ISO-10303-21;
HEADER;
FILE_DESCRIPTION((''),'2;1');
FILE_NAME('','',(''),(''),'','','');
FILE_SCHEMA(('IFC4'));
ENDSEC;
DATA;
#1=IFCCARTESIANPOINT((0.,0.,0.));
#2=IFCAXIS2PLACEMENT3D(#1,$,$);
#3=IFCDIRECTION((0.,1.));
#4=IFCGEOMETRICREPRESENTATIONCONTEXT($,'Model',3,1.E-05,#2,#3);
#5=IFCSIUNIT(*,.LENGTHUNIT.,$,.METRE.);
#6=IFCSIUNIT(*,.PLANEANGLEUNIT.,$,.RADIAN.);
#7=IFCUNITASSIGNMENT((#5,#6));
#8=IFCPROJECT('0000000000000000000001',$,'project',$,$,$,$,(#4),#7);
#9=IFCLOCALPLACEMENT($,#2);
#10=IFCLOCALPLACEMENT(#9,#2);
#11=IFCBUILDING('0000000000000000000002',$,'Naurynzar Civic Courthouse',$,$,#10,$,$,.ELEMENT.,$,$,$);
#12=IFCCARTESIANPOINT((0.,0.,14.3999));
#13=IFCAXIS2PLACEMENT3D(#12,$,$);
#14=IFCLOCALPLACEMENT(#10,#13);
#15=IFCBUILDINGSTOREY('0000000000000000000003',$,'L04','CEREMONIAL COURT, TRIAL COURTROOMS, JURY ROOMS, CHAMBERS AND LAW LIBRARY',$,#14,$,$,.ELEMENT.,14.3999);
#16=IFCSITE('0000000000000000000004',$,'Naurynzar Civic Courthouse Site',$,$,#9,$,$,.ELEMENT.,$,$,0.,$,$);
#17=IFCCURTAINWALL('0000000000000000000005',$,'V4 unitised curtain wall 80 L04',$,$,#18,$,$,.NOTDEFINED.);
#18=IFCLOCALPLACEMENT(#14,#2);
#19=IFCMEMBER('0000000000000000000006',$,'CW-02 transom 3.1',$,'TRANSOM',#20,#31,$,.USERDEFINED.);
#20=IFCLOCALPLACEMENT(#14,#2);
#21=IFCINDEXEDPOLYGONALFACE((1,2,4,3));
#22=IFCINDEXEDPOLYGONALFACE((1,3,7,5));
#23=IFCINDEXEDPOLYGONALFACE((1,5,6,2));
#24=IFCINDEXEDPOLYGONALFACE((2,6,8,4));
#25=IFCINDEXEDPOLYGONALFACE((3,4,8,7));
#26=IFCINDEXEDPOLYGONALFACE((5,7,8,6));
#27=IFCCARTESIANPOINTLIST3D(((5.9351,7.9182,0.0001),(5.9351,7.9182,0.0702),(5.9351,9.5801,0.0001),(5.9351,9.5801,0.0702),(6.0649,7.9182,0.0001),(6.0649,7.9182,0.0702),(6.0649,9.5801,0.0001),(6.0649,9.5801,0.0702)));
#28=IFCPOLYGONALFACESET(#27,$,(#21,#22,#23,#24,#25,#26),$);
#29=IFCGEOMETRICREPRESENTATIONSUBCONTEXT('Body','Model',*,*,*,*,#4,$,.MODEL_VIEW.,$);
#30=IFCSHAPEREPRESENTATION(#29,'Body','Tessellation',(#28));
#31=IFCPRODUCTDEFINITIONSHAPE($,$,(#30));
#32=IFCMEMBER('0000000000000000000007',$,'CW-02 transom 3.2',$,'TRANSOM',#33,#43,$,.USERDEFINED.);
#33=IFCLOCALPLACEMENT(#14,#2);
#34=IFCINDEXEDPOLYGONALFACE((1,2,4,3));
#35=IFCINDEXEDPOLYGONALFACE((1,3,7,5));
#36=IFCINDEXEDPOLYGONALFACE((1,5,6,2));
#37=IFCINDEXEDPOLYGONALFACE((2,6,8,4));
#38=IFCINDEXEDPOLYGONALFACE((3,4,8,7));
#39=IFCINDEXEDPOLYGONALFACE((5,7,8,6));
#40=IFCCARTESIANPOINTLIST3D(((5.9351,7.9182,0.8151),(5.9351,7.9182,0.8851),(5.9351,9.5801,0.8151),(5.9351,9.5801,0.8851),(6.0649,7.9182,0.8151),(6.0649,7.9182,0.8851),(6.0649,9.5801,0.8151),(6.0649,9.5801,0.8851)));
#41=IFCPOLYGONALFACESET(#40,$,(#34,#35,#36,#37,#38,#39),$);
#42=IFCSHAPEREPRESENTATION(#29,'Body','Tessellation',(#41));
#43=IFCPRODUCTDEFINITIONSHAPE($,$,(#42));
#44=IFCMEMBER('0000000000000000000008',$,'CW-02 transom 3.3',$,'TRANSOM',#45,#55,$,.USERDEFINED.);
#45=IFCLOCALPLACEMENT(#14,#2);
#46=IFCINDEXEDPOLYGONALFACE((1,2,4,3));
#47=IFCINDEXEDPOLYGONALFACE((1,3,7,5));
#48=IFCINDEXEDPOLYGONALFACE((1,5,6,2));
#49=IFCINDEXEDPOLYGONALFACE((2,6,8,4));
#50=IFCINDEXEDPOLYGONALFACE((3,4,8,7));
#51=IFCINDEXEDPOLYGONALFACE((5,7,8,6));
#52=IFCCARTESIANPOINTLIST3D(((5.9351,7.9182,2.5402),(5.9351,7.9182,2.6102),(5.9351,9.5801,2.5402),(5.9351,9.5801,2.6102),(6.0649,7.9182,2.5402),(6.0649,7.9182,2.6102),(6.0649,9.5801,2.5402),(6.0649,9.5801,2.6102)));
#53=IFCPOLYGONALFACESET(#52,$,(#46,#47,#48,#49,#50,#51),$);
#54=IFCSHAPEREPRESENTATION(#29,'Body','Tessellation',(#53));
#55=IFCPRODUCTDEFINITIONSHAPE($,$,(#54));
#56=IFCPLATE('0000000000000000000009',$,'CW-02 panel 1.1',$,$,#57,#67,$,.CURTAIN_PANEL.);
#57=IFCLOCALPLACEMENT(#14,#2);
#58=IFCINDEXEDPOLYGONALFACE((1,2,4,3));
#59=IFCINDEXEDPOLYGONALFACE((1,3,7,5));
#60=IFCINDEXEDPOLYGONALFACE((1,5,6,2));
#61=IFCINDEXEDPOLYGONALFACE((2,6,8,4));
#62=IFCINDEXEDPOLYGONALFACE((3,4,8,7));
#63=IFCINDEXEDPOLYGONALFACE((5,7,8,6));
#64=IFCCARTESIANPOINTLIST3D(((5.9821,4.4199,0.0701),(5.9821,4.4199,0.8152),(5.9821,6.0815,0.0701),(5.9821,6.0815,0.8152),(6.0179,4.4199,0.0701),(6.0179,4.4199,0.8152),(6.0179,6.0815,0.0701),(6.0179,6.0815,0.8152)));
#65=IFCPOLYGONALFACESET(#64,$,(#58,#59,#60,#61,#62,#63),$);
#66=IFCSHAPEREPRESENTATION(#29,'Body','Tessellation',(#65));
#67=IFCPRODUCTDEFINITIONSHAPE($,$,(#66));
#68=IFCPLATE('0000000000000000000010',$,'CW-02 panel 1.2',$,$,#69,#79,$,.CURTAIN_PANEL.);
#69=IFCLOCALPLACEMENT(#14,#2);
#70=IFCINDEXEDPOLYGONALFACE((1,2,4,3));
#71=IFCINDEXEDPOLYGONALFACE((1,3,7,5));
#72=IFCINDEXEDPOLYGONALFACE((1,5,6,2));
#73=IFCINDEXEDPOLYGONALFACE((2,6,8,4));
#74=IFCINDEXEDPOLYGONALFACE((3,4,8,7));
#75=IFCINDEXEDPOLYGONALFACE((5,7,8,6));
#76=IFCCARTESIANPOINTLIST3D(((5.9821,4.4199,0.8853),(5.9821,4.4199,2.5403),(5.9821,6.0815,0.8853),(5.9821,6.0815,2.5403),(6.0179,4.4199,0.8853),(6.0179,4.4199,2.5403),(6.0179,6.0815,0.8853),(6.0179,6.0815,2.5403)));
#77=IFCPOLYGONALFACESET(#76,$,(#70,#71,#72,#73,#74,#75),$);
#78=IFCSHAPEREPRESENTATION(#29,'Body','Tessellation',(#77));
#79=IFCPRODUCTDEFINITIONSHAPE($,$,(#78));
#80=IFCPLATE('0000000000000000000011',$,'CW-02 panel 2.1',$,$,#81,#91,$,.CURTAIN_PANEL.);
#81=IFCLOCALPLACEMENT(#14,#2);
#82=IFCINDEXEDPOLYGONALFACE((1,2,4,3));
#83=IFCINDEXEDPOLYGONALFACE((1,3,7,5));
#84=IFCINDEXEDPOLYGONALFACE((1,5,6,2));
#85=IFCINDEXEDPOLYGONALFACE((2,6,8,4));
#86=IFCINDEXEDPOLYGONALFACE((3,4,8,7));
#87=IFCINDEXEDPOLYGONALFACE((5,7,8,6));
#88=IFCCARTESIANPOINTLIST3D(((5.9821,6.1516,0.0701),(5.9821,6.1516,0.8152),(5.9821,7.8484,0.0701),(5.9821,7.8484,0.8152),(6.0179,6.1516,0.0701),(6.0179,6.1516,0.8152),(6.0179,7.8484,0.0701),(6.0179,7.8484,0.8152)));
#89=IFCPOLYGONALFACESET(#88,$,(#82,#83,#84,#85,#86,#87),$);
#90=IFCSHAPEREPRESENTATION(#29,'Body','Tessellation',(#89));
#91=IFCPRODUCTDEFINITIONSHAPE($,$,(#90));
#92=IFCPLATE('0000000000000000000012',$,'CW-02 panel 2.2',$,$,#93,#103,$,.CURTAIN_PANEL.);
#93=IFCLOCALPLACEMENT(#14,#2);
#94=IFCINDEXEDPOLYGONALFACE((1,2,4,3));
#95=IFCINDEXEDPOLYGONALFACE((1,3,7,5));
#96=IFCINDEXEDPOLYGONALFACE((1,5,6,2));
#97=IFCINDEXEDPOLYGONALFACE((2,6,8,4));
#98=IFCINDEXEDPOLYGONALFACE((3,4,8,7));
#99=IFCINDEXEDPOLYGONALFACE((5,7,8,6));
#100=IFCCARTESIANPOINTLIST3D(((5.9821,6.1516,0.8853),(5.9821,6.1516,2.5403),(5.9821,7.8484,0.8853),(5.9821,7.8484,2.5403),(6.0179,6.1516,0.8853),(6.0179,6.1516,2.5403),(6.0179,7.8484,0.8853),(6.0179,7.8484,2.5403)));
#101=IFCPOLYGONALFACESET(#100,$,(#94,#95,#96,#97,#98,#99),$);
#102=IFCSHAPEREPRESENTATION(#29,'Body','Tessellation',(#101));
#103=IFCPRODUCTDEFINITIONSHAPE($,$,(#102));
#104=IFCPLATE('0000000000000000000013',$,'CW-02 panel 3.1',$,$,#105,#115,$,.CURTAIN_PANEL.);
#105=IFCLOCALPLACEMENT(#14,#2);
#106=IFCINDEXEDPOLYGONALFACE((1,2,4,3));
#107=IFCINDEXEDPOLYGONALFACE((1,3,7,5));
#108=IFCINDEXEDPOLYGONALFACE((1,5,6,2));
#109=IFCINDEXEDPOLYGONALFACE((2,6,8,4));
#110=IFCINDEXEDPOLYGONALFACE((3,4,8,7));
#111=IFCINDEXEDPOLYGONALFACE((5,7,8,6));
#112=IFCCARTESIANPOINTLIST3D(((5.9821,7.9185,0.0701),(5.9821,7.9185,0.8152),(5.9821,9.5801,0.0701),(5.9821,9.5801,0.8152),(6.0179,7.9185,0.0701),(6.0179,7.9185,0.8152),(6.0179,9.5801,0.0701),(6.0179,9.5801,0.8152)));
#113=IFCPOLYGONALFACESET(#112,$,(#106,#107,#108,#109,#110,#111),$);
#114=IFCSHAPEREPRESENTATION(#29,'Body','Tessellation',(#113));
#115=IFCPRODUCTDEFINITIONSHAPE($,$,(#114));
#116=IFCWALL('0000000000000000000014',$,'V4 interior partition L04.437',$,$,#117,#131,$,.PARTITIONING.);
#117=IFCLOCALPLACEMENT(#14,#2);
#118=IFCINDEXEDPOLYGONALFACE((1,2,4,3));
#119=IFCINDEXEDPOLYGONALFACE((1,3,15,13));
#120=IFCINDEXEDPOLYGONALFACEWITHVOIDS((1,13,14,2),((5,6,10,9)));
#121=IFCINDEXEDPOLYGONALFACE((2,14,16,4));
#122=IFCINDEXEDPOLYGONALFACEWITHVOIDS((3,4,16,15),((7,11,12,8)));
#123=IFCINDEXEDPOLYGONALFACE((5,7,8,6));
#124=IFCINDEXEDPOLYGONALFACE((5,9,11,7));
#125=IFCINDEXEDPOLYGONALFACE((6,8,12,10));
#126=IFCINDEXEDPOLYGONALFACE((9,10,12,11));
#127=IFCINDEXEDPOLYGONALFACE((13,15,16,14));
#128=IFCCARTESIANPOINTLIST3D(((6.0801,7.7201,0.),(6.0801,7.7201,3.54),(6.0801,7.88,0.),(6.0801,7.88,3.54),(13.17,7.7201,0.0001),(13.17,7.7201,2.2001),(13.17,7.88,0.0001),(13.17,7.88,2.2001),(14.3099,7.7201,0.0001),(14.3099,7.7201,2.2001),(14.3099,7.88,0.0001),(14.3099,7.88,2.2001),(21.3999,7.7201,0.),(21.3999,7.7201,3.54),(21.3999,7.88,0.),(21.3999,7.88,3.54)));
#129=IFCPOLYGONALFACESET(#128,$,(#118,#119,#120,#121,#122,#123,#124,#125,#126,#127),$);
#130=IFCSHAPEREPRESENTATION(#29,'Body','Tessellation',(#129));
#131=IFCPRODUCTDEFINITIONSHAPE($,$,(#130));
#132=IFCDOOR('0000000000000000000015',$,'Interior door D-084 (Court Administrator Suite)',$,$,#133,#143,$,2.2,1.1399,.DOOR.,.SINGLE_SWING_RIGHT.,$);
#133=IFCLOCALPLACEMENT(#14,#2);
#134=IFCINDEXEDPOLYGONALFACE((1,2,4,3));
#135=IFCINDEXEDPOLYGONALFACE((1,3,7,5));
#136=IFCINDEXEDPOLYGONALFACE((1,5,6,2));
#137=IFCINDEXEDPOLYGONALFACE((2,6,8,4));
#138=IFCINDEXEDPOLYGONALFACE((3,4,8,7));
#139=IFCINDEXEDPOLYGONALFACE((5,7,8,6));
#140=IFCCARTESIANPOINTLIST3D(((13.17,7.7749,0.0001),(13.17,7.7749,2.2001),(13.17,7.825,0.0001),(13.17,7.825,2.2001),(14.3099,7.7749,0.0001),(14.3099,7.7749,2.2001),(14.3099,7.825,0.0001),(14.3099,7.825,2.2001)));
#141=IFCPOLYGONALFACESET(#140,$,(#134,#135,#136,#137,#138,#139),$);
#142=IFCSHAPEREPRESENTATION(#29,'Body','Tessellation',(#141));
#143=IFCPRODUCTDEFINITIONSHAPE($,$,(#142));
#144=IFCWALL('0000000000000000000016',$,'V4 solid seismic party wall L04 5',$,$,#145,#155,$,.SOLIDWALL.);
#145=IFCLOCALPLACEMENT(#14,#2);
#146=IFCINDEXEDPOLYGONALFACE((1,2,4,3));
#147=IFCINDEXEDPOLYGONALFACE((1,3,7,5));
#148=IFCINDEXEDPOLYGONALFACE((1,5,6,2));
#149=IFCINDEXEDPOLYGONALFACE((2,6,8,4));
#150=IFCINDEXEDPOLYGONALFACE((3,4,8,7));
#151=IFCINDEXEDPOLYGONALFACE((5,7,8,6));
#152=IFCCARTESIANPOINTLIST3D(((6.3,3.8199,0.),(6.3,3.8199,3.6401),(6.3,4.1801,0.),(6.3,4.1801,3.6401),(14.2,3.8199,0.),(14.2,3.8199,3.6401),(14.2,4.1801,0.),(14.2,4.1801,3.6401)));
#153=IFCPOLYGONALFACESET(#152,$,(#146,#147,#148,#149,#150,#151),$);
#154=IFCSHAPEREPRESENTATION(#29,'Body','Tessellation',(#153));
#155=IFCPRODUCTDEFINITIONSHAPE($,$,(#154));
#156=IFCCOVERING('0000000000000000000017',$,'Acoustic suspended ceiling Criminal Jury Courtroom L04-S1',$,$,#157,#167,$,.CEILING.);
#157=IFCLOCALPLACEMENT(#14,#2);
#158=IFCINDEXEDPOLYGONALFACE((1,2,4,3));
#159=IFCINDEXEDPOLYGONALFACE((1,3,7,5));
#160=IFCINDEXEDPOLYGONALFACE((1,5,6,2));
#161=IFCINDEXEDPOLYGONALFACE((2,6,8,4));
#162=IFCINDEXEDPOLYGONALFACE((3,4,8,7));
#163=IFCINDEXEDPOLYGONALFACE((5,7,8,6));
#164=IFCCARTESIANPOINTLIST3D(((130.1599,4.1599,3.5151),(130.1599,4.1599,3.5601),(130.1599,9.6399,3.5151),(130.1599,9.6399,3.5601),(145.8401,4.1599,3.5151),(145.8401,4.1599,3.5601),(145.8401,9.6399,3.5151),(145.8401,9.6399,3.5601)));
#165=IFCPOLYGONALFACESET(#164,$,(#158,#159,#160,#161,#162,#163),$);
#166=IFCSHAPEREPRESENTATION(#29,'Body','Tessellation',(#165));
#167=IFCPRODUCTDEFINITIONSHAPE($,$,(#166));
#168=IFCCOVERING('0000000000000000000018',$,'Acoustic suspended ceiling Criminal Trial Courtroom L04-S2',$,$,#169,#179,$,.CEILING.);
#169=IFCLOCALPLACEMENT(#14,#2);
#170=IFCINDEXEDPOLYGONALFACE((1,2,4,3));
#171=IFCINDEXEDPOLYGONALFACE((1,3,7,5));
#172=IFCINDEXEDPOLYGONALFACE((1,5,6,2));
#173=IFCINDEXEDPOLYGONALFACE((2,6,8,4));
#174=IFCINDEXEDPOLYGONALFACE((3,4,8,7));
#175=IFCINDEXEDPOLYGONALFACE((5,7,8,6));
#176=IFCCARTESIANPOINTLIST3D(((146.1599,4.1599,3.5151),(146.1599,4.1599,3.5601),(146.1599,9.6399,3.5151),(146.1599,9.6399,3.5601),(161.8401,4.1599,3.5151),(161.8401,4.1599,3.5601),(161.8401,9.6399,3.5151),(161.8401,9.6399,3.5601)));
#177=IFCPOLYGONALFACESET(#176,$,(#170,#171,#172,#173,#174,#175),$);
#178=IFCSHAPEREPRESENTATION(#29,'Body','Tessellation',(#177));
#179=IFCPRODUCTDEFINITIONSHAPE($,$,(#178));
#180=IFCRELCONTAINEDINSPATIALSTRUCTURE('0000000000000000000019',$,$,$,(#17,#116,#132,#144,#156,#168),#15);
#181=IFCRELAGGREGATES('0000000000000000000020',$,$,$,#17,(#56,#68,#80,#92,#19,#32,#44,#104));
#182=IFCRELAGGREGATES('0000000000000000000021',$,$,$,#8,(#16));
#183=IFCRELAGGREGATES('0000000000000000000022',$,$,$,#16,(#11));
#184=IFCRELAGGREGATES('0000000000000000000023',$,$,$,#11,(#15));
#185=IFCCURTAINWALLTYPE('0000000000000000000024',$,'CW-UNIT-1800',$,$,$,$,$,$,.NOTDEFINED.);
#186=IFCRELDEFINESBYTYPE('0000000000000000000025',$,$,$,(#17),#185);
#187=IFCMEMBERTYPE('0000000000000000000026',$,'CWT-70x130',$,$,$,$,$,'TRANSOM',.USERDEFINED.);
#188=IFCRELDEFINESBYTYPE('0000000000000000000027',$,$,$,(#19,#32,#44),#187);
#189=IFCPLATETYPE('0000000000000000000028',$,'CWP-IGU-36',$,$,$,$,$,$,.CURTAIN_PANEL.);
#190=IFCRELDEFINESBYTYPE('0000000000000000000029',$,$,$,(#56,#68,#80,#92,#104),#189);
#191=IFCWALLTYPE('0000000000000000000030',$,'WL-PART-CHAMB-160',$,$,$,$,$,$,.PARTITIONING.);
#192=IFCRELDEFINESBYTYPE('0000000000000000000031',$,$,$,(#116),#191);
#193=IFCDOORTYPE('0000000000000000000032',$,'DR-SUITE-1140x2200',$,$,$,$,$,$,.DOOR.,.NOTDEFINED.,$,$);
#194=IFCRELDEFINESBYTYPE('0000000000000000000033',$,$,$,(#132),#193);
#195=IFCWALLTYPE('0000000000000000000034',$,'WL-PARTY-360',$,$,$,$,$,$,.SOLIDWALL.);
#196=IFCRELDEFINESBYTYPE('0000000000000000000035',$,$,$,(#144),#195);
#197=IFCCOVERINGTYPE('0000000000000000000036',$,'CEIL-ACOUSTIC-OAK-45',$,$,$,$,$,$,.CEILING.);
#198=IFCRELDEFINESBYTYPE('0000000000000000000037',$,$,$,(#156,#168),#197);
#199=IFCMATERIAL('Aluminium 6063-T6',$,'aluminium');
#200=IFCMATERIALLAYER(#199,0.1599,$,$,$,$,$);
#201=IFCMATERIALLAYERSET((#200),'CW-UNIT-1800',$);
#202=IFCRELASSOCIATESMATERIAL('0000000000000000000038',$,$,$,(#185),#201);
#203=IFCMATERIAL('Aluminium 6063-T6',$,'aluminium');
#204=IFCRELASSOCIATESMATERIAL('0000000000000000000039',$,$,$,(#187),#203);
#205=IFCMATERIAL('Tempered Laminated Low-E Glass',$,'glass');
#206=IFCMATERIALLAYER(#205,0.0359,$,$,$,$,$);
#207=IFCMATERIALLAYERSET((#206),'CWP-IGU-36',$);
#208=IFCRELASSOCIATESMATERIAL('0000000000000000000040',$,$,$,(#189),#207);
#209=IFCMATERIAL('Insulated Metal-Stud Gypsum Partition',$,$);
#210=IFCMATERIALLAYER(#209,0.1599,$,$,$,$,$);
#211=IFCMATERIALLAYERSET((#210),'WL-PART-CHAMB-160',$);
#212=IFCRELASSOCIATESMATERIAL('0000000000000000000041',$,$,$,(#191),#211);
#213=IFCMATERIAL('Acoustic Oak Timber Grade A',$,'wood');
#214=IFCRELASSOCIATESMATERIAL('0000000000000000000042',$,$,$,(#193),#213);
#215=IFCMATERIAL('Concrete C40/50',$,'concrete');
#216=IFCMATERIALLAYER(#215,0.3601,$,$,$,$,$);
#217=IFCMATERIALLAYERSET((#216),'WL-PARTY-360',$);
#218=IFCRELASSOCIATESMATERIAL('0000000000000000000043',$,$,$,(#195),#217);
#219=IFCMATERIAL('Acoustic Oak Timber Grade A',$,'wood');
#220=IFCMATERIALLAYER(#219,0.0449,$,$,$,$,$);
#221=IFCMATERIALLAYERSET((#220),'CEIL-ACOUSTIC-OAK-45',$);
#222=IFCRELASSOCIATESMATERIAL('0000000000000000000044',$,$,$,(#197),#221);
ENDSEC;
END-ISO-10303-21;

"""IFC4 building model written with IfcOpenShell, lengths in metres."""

from ifc_helpers import new_model, si_unit, direction, frame, frame_2d, origin, origin_2d, place, context, subcontext, project, spatial, polyline, rectangle, outline, extrude, material, layer, layer_set, material_profile, profile_set, type_object, element, fill, aggregate, save


model = new_model("IFC4")

# Units and contexts
model_context = context("Model", 3, precision=1e-05, world=origin(), true_north=direction((0.0, 1.0)))
body_context = subcontext(model_context, "Body", "Model", "MODEL_VIEW")
ifc_project = project(units=[si_unit("LENGTHUNIT", "METRE"), si_unit("PLANEANGLEUNIT", "RADIAN")], contexts=[model_context])

# Site, building, storey
site_placement = place(None, origin())
site = spatial("IfcSite", under=ifc_project, at=site_placement, Name="Naurynzar Civic Courthouse Site", CompositionType="ELEMENT", RefElevation=0.0)
building_placement = place(site_placement, origin())
building = spatial("IfcBuilding", under=site, at=building_placement, Name="Naurynzar Civic Courthouse", CompositionType="ELEMENT")
storey_placement = place(building_placement, frame((0.0, 0.0, 14.3999)))
storey = spatial("IfcBuildingStorey", under=building, at=storey_placement, Name="L04", Description="CEREMONIAL COURT, TRIAL COURTROOMS, JURY ROOMS, CHAMBERS AND LAW LIBRARY", CompositionType="ELEMENT", Elevation=14.3999)

# Curtain wall, members, plates
ifc_material_1 = material(Name="Aluminium 6063-T6", Category="aluminium")
ifc_layer_1 = layer(ifc_material_1, 0.1599)
ifc_layer_set_1 = layer_set([ifc_layer_1], Name="CW-UNIT-1800")
curtain_wall_type = type_object("IfcCurtainWallType", Name="CW-UNIT-1800", PredefinedType="NOTDEFINED", material=ifc_layer_set_1)
curtain_wall_placement = place(storey_placement, origin())
curtain_wall = element("IfcCurtainWall", 1, at=curtain_wall_placement, inside=storey, type_object=curtain_wall_type, Name="V4 unitised curtain wall 80 L04", PredefinedType="NOTDEFINED")
ifc_material_2 = material(Name="Aluminium 6063-T6", Category="aluminium")
ifc_material_profile_1 = material_profile(ifc_material_2, rectangle(XDim=0.1299, YDim=0.0701, at=origin_2d()), Name="ALU TRANSOM 70x130")
ifc_profile_set_1 = profile_set([ifc_material_profile_1], Name="Aluminium 6063-T6")
member_type_1 = type_object("IfcMemberType", Name="CWT-70x130", ElementType="TRANSOM", PredefinedType="USERDEFINED", material=ifc_profile_set_1)
member_1_placement = place(storey_placement, frame((6.0, 7.9182, 0.0352), z_axis=(0.0, 1.0, 0.0), x_axis=(-1.0, 0.0, 0.0)))
member_1 = element("IfcMember", 2, at=member_1_placement, type_object=member_type_1, Name="CW-02 transom 3.1", ObjectType="TRANSOM", PredefinedType="USERDEFINED", context=body_context, shape_type="SweptSolid", body=[
    extrude(rectangle(XDim=0.1299, YDim=0.0701, at=origin_2d()), origin(), (0.0, 0.0, 1.0), 1.6619),
])
member_2_placement = place(storey_placement, frame((6.0, 7.9182, 0.8501), z_axis=(0.0, 1.0, 0.0), x_axis=(-1.0, 0.0, 0.0)))
member_2 = element("IfcMember", 3, at=member_2_placement, type_object=member_type_1, Name="CW-02 transom 3.2", ObjectType="TRANSOM", PredefinedType="USERDEFINED", context=body_context, shape_type="SweptSolid", body=[
    extrude(rectangle(XDim=0.1299, YDim=0.0701, at=origin_2d()), origin(), (0.0, 0.0, 1.0), 1.6619),
])
member_3_placement = place(storey_placement, frame((6.0, 7.9182, 2.5752), z_axis=(0.0, 1.0, 0.0), x_axis=(-1.0, 0.0, 0.0)))
member_3 = element("IfcMember", 4, at=member_3_placement, type_object=member_type_1, Name="CW-02 transom 3.3", ObjectType="TRANSOM", PredefinedType="USERDEFINED", context=body_context, shape_type="SweptSolid", body=[
    extrude(rectangle(XDim=0.1299, YDim=0.0701, at=origin_2d()), origin(), (0.0, 0.0, 1.0), 1.6619),
])
ifc_material_3 = material(Name="Tempered Laminated Low-E Glass", Category="glass")
ifc_layer_2 = layer(ifc_material_3, 0.0359)
ifc_layer_set_2 = layer_set([ifc_layer_2], Name="CWP-IGU-36")
plate_type = type_object("IfcPlateType", Name="CWP-IGU-36", PredefinedType="CURTAIN_PANEL", material=ifc_layer_set_2)
plate_1_placement = place(storey_placement, frame((6.0, 5.2507, 0.0701), z_axis=(0.0, 0.0, 1.0), x_axis=(0.0, 1.0, 0.0)))
plate_1 = element("IfcPlate", 5, at=plate_1_placement, type_object=plate_type, Name="CW-02 panel 1.1", PredefinedType="CURTAIN_PANEL", context=body_context, shape_type="SweptSolid", body=[
    extrude(rectangle(XDim=1.6616, YDim=0.0359, at=origin_2d()), origin(), (0.0, 0.0, 1.0), 0.7451),
])
plate_2_placement = place(storey_placement, frame((6.0, 5.2507, 0.8853), z_axis=(0.0, 0.0, 1.0), x_axis=(0.0, 1.0, 0.0)))
plate_2 = element("IfcPlate", 6, at=plate_2_placement, type_object=plate_type, Name="CW-02 panel 1.2", PredefinedType="CURTAIN_PANEL", context=body_context, shape_type="SweptSolid", body=[
    extrude(rectangle(XDim=1.6616, YDim=0.0359, at=origin_2d()), origin(), (0.0, 0.0, 1.0), 1.655),
])
plate_3_placement = place(storey_placement, frame((6.0, 7.0, 0.0701), z_axis=(0.0, 0.0, 1.0), x_axis=(0.0, 1.0, 0.0)))
plate_3 = element("IfcPlate", 7, at=plate_3_placement, type_object=plate_type, Name="CW-02 panel 2.1", PredefinedType="CURTAIN_PANEL", context=body_context, shape_type="SweptSolid", body=[
    extrude(rectangle(XDim=1.6968, YDim=0.0359, at=origin_2d()), origin(), (0.0, 0.0, 1.0), 0.7451),
])
plate_4_placement = place(storey_placement, frame((6.0, 7.0, 0.8853), z_axis=(0.0, 0.0, 1.0), x_axis=(0.0, 1.0, 0.0)))
plate_4 = element("IfcPlate", 8, at=plate_4_placement, type_object=plate_type, Name="CW-02 panel 2.2", PredefinedType="CURTAIN_PANEL", context=body_context, shape_type="SweptSolid", body=[
    extrude(rectangle(XDim=1.6968, YDim=0.0359, at=origin_2d()), origin(), (0.0, 0.0, 1.0), 1.655),
])
plate_5_placement = place(storey_placement, frame((6.0, 8.7493, 0.0701), z_axis=(0.0, 0.0, 1.0), x_axis=(0.0, 1.0, 0.0)))
plate_5 = element("IfcPlate", 9, at=plate_5_placement, type_object=plate_type, Name="CW-02 panel 3.1", PredefinedType="CURTAIN_PANEL", context=body_context, shape_type="SweptSolid", body=[
    extrude(rectangle(XDim=1.6616, YDim=0.0359, at=origin_2d()), origin(), (0.0, 0.0, 1.0), 0.7451),
])
aggregate(curtain_wall, [plate_1, plate_2, plate_3, plate_4, member_1, member_2, member_3, plate_5])

# Wall, opening, door
ifc_material_4 = material(Name="Insulated Metal-Stud Gypsum Partition")
ifc_layer_3 = layer(ifc_material_4, 0.1599)
ifc_layer_set_3 = layer_set([ifc_layer_3], Name="WL-PART-CHAMB-160")
wall_type_1 = type_object("IfcWallType", Name="WL-PART-CHAMB-160", PredefinedType="PARTITIONING", material=ifc_layer_set_3)
wall_1_placement = place(storey_placement, frame((6.0801, 7.8, 0.0), z_axis=(0.0, 0.0, 1.0), x_axis=(1.0, 0.0, 0.0)))
wall_1 = element("IfcWall", 10, at=wall_1_placement, inside=storey, type_object=wall_type_1, Name="V4 interior partition L04.437", PredefinedType="PARTITIONING", context=body_context, shape_type="SweptSolid", body=[
    extrude(rectangle(XDim=15.3198, YDim=0.1599, at=frame_2d((7.6599, 0.0))), origin(), (0.0, 0.0, 1.0), 3.54),
])
opening_placement = place(wall_1_placement, frame((7.0901, 0.0, 0.0)))
opening = element("IfcOpeningElement", 11, at=opening_placement, cuts=wall_1, PredefinedType="OPENING", context=body_context, shape_type="SweptSolid", body=[
    extrude(rectangle(XDim=1.1399, YDim=2.2, at=frame_2d((0.5698, 1.1001))), frame((0.0, 0.0898, 0.0), z_axis=(0.0, -1.0, 0.0), x_axis=(1.0, 0.0, 0.0)), (0.0, 0.0, 1.0), 0.1799),
])
ifc_material_5 = material(Name="Acoustic Oak Timber Grade A", Category="wood")
door_type = type_object("IfcDoorType", Name="DR-SUITE-1140x2200", OperationType="NOTDEFINED", PredefinedType="DOOR", material=ifc_material_5)
door_placement = place(opening_placement, origin())
door = element("IfcDoor", 12, at=door_placement, inside=storey, type_object=door_type, Name="Interior door D-084 (Court Administrator Suite)", OperationType="SINGLE_SWING_RIGHT", OverallHeight=2.2, OverallWidth=1.1399, PredefinedType="DOOR", context=body_context, shape_type="SweptSolid", body=[
    extrude(rectangle(XDim=1.1399, YDim=2.2, at=frame_2d((0.5698, 1.1001))), frame((0.0, 0.0249, 0.0), z_axis=(0.0, -1.0, 0.0), x_axis=(1.0, 0.0, 0.0)), (0.0, 0.0, 1.0), 0.05),
])
fill(opening, door)

# Wall
ifc_material_6 = material(Name="Concrete C40/50", Category="concrete")
ifc_layer_4 = layer(ifc_material_6, 0.3601)
ifc_layer_set_4 = layer_set([ifc_layer_4], Name="WL-PARTY-360")
wall_type_2 = type_object("IfcWallType", Name="WL-PARTY-360", PredefinedType="SOLIDWALL", material=ifc_layer_set_4)
wall_2_placement = place(storey_placement, frame((14.2, 4.0, 0.0), z_axis=(0.0, 0.0, 1.0), x_axis=(-1.0, 0.0, 0.0)))
element("IfcWall", 13, at=wall_2_placement, inside=storey, type_object=wall_type_2, Name="V4 solid seismic party wall L04 5", PredefinedType="SOLIDWALL", context=body_context, shape_type="SweptSolid", body=[
    extrude(rectangle(XDim=7.8999, YDim=0.3601, at=frame_2d((3.95, 0.0))), origin(), (0.0, 0.0, 1.0), 3.6401),
])

# Coverings
ifc_material_7 = material(Name="Acoustic Oak Timber Grade A", Category="wood")
ifc_layer_5 = layer(ifc_material_7, 0.0449)
ifc_layer_set_5 = layer_set([ifc_layer_5], Name="CEIL-ACOUSTIC-OAK-45")
covering_type_1 = type_object("IfcCoveringType", Name="CEIL-ACOUSTIC-OAK-45", PredefinedType="CEILING", material=ifc_layer_set_5)
covering_1_placement = place(storey_placement, frame((0.0, 0.0, 3.5151)))
element("IfcCovering", 14, at=covering_1_placement, inside=storey, type_object=covering_type_1, Name="Acoustic suspended ceiling Criminal Jury Courtroom L04-S1", PredefinedType="CEILING", context=body_context, shape_type="SweptSolid", body=[
    extrude(outline(polyline([(130.1599, 4.1599), (130.1599, 9.6399), (145.8401, 9.6399), (145.8401, 4.1599), (130.1599, 4.1599)])), origin(), (0.0, 0.0, 1.0), 0.0449),
])
covering_2_placement = place(storey_placement, frame((0.0, 0.0, 3.5151)))
element("IfcCovering", 15, at=covering_2_placement, inside=storey, type_object=covering_type_1, Name="Acoustic suspended ceiling Criminal Trial Courtroom L04-S2", PredefinedType="CEILING", context=body_context, shape_type="SweptSolid", body=[
    extrude(outline(polyline([(146.1599, 4.1599), (146.1599, 9.6399), (161.8401, 9.6399), (161.8401, 4.1599), (146.1599, 4.1599)])), origin(), (0.0, 0.0, 1.0), 0.0449),
])

save(model, "model.ifc")
